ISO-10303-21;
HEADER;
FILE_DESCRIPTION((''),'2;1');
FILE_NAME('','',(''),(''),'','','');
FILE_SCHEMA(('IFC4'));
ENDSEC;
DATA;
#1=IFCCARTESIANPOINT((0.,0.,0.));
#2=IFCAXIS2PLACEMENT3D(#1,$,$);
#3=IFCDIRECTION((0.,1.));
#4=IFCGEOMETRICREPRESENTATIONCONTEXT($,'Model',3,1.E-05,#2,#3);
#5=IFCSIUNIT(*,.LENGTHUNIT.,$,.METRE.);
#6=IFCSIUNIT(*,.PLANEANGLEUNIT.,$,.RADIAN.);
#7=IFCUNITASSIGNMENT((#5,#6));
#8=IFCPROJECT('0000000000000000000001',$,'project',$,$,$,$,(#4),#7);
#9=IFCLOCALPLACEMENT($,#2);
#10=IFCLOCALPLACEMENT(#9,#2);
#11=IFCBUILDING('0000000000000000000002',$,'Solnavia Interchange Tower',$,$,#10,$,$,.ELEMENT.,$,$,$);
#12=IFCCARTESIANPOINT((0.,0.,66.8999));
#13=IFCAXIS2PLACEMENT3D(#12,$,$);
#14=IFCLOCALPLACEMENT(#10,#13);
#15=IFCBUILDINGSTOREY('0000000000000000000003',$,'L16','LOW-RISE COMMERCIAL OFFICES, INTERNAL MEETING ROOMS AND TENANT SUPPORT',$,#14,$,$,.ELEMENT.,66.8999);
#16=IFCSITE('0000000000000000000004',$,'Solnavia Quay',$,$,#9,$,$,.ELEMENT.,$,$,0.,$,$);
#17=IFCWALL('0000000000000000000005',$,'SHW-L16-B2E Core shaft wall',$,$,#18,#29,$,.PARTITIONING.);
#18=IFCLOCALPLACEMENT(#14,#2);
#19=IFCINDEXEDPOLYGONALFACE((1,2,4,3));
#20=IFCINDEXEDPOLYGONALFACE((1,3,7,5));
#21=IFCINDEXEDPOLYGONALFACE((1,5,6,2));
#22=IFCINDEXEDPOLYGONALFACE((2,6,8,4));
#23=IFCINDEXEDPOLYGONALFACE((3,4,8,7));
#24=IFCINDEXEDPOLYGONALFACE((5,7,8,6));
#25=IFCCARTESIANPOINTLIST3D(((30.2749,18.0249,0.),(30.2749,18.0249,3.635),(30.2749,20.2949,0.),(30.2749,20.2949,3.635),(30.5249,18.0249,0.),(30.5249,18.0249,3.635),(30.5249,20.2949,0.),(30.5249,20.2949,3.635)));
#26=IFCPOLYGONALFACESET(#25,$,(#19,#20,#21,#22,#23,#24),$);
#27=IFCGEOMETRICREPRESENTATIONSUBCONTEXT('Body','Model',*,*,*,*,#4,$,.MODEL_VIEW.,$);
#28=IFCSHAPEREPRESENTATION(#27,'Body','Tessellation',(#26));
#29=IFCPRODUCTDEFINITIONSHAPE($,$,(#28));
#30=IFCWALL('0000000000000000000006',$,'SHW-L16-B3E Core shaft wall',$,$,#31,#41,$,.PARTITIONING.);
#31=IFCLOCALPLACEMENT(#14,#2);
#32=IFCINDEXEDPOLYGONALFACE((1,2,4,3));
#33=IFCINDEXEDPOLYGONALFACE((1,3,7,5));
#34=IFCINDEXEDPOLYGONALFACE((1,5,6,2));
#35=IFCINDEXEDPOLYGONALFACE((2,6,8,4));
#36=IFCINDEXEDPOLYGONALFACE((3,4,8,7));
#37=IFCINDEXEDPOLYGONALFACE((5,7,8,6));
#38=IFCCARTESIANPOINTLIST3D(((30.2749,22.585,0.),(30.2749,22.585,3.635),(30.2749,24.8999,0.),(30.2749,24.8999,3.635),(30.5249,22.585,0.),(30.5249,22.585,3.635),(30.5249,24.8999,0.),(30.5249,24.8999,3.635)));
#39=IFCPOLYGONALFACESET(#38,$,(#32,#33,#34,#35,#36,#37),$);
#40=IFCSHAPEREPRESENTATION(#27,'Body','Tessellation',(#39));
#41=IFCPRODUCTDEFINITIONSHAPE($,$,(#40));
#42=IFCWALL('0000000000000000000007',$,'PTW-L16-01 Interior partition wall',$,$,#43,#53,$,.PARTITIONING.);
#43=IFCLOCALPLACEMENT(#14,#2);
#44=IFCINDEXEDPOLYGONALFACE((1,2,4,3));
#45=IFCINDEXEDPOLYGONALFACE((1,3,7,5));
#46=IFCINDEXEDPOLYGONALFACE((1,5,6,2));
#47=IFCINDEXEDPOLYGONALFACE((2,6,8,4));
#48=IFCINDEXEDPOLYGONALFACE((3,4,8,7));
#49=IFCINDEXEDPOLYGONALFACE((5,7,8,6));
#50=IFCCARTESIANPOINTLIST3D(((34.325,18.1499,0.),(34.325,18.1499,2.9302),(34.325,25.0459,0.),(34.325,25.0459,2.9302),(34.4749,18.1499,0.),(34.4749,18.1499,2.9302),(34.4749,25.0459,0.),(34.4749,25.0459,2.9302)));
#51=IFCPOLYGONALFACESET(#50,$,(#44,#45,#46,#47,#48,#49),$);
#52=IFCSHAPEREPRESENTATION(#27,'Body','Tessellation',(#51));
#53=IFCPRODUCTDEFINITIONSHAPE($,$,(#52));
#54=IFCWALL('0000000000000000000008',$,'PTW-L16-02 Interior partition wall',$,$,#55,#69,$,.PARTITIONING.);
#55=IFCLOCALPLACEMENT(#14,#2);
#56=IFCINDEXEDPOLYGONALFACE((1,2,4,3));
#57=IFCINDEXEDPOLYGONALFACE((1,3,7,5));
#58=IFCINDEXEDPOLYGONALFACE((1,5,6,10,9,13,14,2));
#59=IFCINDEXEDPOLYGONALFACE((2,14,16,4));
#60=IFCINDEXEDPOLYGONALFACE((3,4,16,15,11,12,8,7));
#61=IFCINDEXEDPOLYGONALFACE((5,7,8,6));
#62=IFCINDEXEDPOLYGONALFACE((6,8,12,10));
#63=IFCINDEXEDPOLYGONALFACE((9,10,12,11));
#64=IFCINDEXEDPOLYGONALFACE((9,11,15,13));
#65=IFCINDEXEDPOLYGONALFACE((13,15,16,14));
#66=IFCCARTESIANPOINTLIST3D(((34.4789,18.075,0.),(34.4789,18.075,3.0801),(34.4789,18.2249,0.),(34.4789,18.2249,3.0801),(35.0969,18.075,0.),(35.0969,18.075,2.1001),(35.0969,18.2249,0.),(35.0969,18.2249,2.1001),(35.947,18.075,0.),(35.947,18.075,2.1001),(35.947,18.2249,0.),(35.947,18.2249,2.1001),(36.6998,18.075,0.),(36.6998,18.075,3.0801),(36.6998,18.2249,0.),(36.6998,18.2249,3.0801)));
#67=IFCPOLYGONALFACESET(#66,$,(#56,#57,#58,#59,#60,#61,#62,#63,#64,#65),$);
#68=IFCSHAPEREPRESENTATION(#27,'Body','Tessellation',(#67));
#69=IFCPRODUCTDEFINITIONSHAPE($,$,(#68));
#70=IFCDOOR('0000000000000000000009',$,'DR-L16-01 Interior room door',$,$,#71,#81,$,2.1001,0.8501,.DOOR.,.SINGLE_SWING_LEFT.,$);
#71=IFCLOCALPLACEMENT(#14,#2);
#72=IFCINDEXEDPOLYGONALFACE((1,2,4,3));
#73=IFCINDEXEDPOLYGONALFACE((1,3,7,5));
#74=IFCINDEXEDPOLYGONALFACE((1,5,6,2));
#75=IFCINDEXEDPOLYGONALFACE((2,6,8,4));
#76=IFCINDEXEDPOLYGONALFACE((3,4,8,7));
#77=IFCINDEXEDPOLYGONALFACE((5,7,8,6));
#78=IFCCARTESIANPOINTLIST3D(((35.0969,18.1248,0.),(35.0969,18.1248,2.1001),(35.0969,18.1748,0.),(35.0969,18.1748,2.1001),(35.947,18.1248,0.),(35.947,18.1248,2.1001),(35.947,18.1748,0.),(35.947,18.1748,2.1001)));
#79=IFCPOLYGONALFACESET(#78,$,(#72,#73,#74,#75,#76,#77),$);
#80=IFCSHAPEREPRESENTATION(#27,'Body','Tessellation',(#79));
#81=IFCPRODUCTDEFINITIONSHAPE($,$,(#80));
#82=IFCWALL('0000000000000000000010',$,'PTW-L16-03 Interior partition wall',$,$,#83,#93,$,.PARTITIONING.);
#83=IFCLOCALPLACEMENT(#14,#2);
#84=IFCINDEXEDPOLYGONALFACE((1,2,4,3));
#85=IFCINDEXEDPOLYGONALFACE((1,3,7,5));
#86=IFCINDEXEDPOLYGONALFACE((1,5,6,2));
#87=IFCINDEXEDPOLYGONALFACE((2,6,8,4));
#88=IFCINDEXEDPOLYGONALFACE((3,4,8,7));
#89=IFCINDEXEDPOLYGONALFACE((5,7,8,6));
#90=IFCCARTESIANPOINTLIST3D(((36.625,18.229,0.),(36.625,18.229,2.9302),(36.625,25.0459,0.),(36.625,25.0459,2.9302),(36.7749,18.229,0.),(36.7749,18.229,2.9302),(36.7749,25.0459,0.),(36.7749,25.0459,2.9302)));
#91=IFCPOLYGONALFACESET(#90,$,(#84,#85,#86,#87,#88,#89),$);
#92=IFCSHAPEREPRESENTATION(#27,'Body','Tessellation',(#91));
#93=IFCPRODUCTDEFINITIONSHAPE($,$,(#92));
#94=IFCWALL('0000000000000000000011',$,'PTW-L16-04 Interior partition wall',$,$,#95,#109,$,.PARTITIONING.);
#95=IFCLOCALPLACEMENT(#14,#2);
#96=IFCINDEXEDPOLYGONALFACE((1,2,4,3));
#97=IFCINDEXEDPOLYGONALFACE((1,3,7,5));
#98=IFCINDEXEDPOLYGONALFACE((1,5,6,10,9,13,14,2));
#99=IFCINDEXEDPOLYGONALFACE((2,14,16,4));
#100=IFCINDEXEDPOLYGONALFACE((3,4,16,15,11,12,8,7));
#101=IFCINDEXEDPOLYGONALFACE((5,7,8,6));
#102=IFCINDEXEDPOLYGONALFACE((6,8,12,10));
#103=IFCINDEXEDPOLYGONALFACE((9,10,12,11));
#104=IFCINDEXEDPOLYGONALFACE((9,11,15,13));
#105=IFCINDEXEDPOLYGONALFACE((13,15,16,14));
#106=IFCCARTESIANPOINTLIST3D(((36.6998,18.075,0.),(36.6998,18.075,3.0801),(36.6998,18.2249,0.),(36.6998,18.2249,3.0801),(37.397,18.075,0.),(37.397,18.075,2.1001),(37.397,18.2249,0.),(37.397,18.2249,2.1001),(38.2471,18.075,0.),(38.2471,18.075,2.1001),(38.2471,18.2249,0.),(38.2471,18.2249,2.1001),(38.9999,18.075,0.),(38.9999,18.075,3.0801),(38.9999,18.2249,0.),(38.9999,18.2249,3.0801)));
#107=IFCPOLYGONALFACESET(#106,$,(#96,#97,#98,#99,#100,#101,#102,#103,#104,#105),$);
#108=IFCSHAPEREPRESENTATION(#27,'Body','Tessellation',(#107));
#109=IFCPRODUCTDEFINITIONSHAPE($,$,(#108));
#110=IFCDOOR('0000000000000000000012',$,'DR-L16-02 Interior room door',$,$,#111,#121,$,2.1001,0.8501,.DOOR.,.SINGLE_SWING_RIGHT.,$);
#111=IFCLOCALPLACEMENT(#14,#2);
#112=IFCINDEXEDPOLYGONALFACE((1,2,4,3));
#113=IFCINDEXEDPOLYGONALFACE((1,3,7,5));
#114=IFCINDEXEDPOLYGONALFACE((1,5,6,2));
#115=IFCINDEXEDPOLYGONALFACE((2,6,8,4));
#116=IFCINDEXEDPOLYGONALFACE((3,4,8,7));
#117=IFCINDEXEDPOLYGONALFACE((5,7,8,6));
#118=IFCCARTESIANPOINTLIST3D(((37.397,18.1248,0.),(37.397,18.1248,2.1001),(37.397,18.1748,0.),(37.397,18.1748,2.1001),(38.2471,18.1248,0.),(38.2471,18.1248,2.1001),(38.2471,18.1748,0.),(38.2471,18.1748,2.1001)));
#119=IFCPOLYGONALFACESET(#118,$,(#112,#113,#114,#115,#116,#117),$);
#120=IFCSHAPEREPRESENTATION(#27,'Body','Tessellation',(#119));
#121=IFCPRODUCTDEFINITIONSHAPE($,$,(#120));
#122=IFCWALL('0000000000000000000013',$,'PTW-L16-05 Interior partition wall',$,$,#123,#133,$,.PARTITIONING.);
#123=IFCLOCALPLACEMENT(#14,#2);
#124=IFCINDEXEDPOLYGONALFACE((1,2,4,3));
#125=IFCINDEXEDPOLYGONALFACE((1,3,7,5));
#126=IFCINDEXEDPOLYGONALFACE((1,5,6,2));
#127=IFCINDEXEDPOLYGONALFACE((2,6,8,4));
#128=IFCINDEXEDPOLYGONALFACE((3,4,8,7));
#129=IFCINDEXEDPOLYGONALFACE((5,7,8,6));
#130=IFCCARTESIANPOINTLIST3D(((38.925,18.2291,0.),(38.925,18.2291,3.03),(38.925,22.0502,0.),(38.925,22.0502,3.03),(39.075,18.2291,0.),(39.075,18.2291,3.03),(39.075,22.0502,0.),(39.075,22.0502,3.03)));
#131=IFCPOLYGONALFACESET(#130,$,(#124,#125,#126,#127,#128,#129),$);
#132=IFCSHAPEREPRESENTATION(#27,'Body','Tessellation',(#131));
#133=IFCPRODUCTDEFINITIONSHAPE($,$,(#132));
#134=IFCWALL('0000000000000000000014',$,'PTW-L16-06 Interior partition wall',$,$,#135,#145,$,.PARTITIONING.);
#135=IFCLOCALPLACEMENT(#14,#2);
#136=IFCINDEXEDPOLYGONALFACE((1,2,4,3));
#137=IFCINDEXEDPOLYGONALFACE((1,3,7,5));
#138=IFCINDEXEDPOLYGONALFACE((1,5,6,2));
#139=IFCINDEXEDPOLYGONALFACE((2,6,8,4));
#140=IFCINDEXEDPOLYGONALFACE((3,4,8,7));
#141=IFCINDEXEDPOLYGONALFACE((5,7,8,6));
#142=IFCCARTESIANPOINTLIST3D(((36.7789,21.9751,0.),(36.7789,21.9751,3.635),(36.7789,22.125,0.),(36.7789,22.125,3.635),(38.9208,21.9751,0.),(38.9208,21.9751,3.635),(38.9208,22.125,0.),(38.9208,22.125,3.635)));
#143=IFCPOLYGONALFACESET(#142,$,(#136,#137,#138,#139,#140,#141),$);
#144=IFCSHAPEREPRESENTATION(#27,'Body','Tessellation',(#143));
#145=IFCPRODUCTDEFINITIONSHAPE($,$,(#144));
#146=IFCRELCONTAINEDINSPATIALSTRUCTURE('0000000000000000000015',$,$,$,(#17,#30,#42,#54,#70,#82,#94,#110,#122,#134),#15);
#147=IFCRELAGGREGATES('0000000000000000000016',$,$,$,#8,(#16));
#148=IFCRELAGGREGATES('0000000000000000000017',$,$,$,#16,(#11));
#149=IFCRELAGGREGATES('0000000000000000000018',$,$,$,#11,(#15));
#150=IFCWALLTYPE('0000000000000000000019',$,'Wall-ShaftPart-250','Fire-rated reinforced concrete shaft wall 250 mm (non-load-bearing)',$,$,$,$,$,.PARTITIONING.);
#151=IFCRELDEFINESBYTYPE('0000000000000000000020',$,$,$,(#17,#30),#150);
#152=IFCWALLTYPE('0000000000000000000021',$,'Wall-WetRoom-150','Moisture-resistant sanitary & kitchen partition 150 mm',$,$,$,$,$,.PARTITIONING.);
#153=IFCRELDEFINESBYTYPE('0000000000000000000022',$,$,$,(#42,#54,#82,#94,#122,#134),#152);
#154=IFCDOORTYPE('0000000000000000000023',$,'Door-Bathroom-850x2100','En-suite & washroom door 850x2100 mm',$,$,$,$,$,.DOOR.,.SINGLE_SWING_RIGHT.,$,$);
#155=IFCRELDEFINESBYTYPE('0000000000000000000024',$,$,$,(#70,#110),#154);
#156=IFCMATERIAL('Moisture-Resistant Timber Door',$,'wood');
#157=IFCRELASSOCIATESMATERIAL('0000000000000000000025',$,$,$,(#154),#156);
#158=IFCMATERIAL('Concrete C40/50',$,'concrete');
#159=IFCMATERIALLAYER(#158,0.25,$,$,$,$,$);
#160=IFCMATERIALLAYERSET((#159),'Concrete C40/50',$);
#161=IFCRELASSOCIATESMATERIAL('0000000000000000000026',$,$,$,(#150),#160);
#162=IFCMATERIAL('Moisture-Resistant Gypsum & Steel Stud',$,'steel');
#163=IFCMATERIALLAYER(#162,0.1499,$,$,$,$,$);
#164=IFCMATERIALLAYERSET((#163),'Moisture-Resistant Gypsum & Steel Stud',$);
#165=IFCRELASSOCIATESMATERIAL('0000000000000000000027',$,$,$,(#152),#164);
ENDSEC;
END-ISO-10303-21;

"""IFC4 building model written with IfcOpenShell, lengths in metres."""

from ifc_helpers import new_model, si_unit, direction, frame, frame_2d, origin, place, context, subcontext, project, spatial, rectangle, extrude, material, layer, layer_set, type_object, element, fill, save


model = new_model("IFC4")

# Units and contexts
model_context = context("Model", 3, precision=1e-05, world=origin(), true_north=direction((0.0, 1.0)))
body_context = subcontext(model_context, "Body", "Model", "MODEL_VIEW")
ifc_project = project(units=[si_unit("LENGTHUNIT", "METRE"), si_unit("PLANEANGLEUNIT", "RADIAN")], contexts=[model_context])

# Site, building, storey
site_placement = place(None, origin())
site = spatial("IfcSite", under=ifc_project, at=site_placement, Name="Solnavia Quay", CompositionType="ELEMENT", RefElevation=0.0)
building_placement = place(site_placement, origin())
building = spatial("IfcBuilding", under=site, at=building_placement, Name="Solnavia Interchange Tower", CompositionType="ELEMENT")
storey_placement = place(building_placement, frame((0.0, 0.0, 66.8999)))
storey = spatial("IfcBuildingStorey", under=building, at=storey_placement, Name="L16", Description="LOW-RISE COMMERCIAL OFFICES, INTERNAL MEETING ROOMS AND TENANT SUPPORT", CompositionType="ELEMENT", Elevation=66.8999)

# Shared definitions
ifc_material_1 = material(Name="Concrete C40/50", Category="concrete")

# Shared definitions
ifc_material_2 = material(Name="Moisture-Resistant Timber Door", Category="wood")
door_type_1 = type_object("IfcDoorType", Name="Door-Bathroom-850x2100", Description="En-suite & washroom door 850x2100 mm", OperationType="SINGLE_SWING_RIGHT", PredefinedType="DOOR", material=ifc_material_2)
ifc_layer_1 = layer(ifc_material_1, 0.25)
ifc_layer_set_1 = layer_set([ifc_layer_1], Name="Concrete C40/50")
wall_type_1 = type_object("IfcWallType", Name="Wall-ShaftPart-250", Description="Fire-rated reinforced concrete shaft wall 250 mm (non-load-bearing)", PredefinedType="PARTITIONING", material=ifc_layer_set_1)

# Walls
wall_1_placement = place(storey_placement, frame((30.3999, 18.0249, 0.0), z_axis=(0.0, 0.0, 1.0), x_axis=(0.0, 1.0, 0.0)))
element("IfcWall", 1, at=wall_1_placement, inside=storey, type_object=wall_type_1, Name="SHW-L16-B2E Core shaft wall", PredefinedType="PARTITIONING", context=body_context, shape_type="SweptSolid", body=[
    extrude(rectangle(XDim=2.27, YDim=0.25, at=frame_2d((1.135, 0.0))), origin(), (0.0, 0.0, 1.0), 3.635),
])
wall_2_placement = place(storey_placement, frame((30.3999, 22.585, 0.0), z_axis=(0.0, 0.0, 1.0), x_axis=(0.0, 1.0, 0.0)))
element("IfcWall", 2, at=wall_2_placement, inside=storey, type_object=wall_type_1, Name="SHW-L16-B3E Core shaft wall", PredefinedType="PARTITIONING", context=body_context, shape_type="SweptSolid", body=[
    extrude(rectangle(XDim=2.3149, YDim=0.25, at=frame_2d((1.1575, 0.0))), origin(), (0.0, 0.0, 1.0), 3.635),
])
ifc_material_3 = material(Name="Moisture-Resistant Gypsum & Steel Stud", Category="steel")
ifc_layer_2 = layer(ifc_material_3, 0.1499)
ifc_layer_set_2 = layer_set([ifc_layer_2], Name="Moisture-Resistant Gypsum & Steel Stud")
wall_type_2 = type_object("IfcWallType", Name="Wall-WetRoom-150", Description="Moisture-resistant sanitary & kitchen partition 150 mm", PredefinedType="PARTITIONING", material=ifc_layer_set_2)
wall_3_placement = place(storey_placement, frame((34.3999, 18.1499, 0.0), z_axis=(0.0, 0.0, 1.0), x_axis=(0.0, 1.0, 0.0)))
element("IfcWall", 3, at=wall_3_placement, inside=storey, type_object=wall_type_2, Name="PTW-L16-01 Interior partition wall", PredefinedType="PARTITIONING", context=body_context, shape_type="SweptSolid", body=[
    extrude(rectangle(XDim=6.896, YDim=0.1499, at=frame_2d((3.448, 0.0))), origin(), (0.0, 0.0, 1.0), 2.9302),
])

# Wall, opening, door
wall_4_placement = place(storey_placement, frame((34.479, 18.1499, 0.0), z_axis=(0.0, 0.0, 1.0), x_axis=(1.0, 0.0, 0.0)))
wall_4 = element("IfcWall", 4, at=wall_4_placement, inside=storey, type_object=wall_type_2, Name="PTW-L16-02 Interior partition wall", PredefinedType="PARTITIONING", context=body_context, shape_type="SweptSolid", body=[
    extrude(rectangle(XDim=2.2209, YDim=0.1499, at=frame_2d((1.1104, 0.0))), origin(), (0.0, 0.0, 1.0), 3.0801),
])
opening_1_placement = place(wall_4_placement, frame((0.6179, 0.0, 0.0)))
opening_1 = element("IfcOpeningElement", 5, at=opening_1_placement, cuts=wall_4, PredefinedType="OPENING", context=body_context, shape_type="SweptSolid", body=[
    extrude(rectangle(XDim=0.8501, YDim=2.1001, at=frame_2d((0.425, 1.05))), frame((0.0, 0.085, 0.0), z_axis=(0.0, -1.0, 0.0), x_axis=(1.0, 0.0, 0.0)), (0.0, 0.0, 1.0), 0.1699),
])
door_1_placement = place(opening_1_placement, origin())
door_1 = element("IfcDoor", 6, at=door_1_placement, inside=storey, type_object=door_type_1, Name="DR-L16-01 Interior room door", OperationType="SINGLE_SWING_LEFT", OverallHeight=2.1001, OverallWidth=0.8501, PredefinedType="DOOR", context=body_context, shape_type="SweptSolid", body=[
    extrude(rectangle(XDim=0.8501, YDim=2.1001, at=frame_2d((0.425, 1.05))), frame((0.0, 0.0249, 0.0), z_axis=(0.0, -1.0, 0.0), x_axis=(1.0, 0.0, 0.0)), (0.0, 0.0, 1.0), 0.05),
])
fill(opening_1, door_1)

# Wall
wall_5_placement = place(storey_placement, frame((36.7, 18.229, 0.0), z_axis=(0.0, 0.0, 1.0), x_axis=(0.0, 1.0, 0.0)))
element("IfcWall", 7, at=wall_5_placement, inside=storey, type_object=wall_type_2, Name="PTW-L16-03 Interior partition wall", PredefinedType="PARTITIONING", context=body_context, shape_type="SweptSolid", body=[
    extrude(rectangle(XDim=6.8169, YDim=0.1499, at=frame_2d((3.4084, 0.0))), origin(), (0.0, 0.0, 1.0), 2.9302),
])

# Wall, opening, door
wall_6_placement = place(storey_placement, frame((36.7, 18.1499, 0.0), z_axis=(0.0, 0.0, 1.0), x_axis=(1.0, 0.0, 0.0)))
wall_6 = element("IfcWall", 8, at=wall_6_placement, inside=storey, type_object=wall_type_2, Name="PTW-L16-04 Interior partition wall", PredefinedType="PARTITIONING", context=body_context, shape_type="SweptSolid", body=[
    extrude(rectangle(XDim=2.3, YDim=0.1499, at=frame_2d((1.1499, 0.0))), origin(), (0.0, 0.0, 1.0), 3.0801),
])
opening_2_placement = place(wall_6_placement, frame((0.697, 0.0, 0.0)))
opening_2 = element("IfcOpeningElement", 9, at=opening_2_placement, cuts=wall_6, PredefinedType="OPENING", context=body_context, shape_type="SweptSolid", body=[
    extrude(rectangle(XDim=0.8501, YDim=2.1001, at=frame_2d((0.425, 1.05))), frame((0.0, 0.085, 0.0), z_axis=(0.0, -1.0, 0.0), x_axis=(1.0, 0.0, 0.0)), (0.0, 0.0, 1.0), 0.1699),
])
door_2_placement = place(opening_2_placement, origin())
door_2 = element("IfcDoor", 10, at=door_2_placement, inside=storey, type_object=door_type_1, Name="DR-L16-02 Interior room door", OperationType="SINGLE_SWING_RIGHT", OverallHeight=2.1001, OverallWidth=0.8501, PredefinedType="DOOR", context=body_context, shape_type="SweptSolid", body=[
    extrude(rectangle(XDim=0.8501, YDim=2.1001, at=frame_2d((0.425, 1.05))), frame((0.0, 0.0249, 0.0), z_axis=(0.0, -1.0, 0.0), x_axis=(1.0, 0.0, 0.0)), (0.0, 0.0, 1.0), 0.05),
])
fill(opening_2, door_2)

# Walls
wall_7_placement = place(storey_placement, frame((39.0, 18.229, 0.0), z_axis=(0.0, 0.0, 1.0), x_axis=(0.0, 1.0, 0.0)))
element("IfcWall", 11, at=wall_7_placement, inside=storey, type_object=wall_type_2, Name="PTW-L16-05 Interior partition wall", PredefinedType="PARTITIONING", context=body_context, shape_type="SweptSolid", body=[
    extrude(rectangle(XDim=3.821, YDim=0.1499, at=frame_2d((1.9106, 0.0))), origin(), (0.0, 0.0, 1.0), 3.03),
])
wall_8_placement = place(storey_placement, frame((36.7791, 22.05, 0.0), z_axis=(0.0, 0.0, 1.0), x_axis=(1.0, 0.0, 0.0)))
element("IfcWall", 12, at=wall_8_placement, inside=storey, type_object=wall_type_2, Name="PTW-L16-06 Interior partition wall", PredefinedType="PARTITIONING", context=body_context, shape_type="SweptSolid", body=[
    extrude(rectangle(XDim=2.1418, YDim=0.1499, at=frame_2d((1.0708, 0.0))), origin(), (0.0, 0.0, 1.0), 3.635),
])

save(model, "model.ifc")
